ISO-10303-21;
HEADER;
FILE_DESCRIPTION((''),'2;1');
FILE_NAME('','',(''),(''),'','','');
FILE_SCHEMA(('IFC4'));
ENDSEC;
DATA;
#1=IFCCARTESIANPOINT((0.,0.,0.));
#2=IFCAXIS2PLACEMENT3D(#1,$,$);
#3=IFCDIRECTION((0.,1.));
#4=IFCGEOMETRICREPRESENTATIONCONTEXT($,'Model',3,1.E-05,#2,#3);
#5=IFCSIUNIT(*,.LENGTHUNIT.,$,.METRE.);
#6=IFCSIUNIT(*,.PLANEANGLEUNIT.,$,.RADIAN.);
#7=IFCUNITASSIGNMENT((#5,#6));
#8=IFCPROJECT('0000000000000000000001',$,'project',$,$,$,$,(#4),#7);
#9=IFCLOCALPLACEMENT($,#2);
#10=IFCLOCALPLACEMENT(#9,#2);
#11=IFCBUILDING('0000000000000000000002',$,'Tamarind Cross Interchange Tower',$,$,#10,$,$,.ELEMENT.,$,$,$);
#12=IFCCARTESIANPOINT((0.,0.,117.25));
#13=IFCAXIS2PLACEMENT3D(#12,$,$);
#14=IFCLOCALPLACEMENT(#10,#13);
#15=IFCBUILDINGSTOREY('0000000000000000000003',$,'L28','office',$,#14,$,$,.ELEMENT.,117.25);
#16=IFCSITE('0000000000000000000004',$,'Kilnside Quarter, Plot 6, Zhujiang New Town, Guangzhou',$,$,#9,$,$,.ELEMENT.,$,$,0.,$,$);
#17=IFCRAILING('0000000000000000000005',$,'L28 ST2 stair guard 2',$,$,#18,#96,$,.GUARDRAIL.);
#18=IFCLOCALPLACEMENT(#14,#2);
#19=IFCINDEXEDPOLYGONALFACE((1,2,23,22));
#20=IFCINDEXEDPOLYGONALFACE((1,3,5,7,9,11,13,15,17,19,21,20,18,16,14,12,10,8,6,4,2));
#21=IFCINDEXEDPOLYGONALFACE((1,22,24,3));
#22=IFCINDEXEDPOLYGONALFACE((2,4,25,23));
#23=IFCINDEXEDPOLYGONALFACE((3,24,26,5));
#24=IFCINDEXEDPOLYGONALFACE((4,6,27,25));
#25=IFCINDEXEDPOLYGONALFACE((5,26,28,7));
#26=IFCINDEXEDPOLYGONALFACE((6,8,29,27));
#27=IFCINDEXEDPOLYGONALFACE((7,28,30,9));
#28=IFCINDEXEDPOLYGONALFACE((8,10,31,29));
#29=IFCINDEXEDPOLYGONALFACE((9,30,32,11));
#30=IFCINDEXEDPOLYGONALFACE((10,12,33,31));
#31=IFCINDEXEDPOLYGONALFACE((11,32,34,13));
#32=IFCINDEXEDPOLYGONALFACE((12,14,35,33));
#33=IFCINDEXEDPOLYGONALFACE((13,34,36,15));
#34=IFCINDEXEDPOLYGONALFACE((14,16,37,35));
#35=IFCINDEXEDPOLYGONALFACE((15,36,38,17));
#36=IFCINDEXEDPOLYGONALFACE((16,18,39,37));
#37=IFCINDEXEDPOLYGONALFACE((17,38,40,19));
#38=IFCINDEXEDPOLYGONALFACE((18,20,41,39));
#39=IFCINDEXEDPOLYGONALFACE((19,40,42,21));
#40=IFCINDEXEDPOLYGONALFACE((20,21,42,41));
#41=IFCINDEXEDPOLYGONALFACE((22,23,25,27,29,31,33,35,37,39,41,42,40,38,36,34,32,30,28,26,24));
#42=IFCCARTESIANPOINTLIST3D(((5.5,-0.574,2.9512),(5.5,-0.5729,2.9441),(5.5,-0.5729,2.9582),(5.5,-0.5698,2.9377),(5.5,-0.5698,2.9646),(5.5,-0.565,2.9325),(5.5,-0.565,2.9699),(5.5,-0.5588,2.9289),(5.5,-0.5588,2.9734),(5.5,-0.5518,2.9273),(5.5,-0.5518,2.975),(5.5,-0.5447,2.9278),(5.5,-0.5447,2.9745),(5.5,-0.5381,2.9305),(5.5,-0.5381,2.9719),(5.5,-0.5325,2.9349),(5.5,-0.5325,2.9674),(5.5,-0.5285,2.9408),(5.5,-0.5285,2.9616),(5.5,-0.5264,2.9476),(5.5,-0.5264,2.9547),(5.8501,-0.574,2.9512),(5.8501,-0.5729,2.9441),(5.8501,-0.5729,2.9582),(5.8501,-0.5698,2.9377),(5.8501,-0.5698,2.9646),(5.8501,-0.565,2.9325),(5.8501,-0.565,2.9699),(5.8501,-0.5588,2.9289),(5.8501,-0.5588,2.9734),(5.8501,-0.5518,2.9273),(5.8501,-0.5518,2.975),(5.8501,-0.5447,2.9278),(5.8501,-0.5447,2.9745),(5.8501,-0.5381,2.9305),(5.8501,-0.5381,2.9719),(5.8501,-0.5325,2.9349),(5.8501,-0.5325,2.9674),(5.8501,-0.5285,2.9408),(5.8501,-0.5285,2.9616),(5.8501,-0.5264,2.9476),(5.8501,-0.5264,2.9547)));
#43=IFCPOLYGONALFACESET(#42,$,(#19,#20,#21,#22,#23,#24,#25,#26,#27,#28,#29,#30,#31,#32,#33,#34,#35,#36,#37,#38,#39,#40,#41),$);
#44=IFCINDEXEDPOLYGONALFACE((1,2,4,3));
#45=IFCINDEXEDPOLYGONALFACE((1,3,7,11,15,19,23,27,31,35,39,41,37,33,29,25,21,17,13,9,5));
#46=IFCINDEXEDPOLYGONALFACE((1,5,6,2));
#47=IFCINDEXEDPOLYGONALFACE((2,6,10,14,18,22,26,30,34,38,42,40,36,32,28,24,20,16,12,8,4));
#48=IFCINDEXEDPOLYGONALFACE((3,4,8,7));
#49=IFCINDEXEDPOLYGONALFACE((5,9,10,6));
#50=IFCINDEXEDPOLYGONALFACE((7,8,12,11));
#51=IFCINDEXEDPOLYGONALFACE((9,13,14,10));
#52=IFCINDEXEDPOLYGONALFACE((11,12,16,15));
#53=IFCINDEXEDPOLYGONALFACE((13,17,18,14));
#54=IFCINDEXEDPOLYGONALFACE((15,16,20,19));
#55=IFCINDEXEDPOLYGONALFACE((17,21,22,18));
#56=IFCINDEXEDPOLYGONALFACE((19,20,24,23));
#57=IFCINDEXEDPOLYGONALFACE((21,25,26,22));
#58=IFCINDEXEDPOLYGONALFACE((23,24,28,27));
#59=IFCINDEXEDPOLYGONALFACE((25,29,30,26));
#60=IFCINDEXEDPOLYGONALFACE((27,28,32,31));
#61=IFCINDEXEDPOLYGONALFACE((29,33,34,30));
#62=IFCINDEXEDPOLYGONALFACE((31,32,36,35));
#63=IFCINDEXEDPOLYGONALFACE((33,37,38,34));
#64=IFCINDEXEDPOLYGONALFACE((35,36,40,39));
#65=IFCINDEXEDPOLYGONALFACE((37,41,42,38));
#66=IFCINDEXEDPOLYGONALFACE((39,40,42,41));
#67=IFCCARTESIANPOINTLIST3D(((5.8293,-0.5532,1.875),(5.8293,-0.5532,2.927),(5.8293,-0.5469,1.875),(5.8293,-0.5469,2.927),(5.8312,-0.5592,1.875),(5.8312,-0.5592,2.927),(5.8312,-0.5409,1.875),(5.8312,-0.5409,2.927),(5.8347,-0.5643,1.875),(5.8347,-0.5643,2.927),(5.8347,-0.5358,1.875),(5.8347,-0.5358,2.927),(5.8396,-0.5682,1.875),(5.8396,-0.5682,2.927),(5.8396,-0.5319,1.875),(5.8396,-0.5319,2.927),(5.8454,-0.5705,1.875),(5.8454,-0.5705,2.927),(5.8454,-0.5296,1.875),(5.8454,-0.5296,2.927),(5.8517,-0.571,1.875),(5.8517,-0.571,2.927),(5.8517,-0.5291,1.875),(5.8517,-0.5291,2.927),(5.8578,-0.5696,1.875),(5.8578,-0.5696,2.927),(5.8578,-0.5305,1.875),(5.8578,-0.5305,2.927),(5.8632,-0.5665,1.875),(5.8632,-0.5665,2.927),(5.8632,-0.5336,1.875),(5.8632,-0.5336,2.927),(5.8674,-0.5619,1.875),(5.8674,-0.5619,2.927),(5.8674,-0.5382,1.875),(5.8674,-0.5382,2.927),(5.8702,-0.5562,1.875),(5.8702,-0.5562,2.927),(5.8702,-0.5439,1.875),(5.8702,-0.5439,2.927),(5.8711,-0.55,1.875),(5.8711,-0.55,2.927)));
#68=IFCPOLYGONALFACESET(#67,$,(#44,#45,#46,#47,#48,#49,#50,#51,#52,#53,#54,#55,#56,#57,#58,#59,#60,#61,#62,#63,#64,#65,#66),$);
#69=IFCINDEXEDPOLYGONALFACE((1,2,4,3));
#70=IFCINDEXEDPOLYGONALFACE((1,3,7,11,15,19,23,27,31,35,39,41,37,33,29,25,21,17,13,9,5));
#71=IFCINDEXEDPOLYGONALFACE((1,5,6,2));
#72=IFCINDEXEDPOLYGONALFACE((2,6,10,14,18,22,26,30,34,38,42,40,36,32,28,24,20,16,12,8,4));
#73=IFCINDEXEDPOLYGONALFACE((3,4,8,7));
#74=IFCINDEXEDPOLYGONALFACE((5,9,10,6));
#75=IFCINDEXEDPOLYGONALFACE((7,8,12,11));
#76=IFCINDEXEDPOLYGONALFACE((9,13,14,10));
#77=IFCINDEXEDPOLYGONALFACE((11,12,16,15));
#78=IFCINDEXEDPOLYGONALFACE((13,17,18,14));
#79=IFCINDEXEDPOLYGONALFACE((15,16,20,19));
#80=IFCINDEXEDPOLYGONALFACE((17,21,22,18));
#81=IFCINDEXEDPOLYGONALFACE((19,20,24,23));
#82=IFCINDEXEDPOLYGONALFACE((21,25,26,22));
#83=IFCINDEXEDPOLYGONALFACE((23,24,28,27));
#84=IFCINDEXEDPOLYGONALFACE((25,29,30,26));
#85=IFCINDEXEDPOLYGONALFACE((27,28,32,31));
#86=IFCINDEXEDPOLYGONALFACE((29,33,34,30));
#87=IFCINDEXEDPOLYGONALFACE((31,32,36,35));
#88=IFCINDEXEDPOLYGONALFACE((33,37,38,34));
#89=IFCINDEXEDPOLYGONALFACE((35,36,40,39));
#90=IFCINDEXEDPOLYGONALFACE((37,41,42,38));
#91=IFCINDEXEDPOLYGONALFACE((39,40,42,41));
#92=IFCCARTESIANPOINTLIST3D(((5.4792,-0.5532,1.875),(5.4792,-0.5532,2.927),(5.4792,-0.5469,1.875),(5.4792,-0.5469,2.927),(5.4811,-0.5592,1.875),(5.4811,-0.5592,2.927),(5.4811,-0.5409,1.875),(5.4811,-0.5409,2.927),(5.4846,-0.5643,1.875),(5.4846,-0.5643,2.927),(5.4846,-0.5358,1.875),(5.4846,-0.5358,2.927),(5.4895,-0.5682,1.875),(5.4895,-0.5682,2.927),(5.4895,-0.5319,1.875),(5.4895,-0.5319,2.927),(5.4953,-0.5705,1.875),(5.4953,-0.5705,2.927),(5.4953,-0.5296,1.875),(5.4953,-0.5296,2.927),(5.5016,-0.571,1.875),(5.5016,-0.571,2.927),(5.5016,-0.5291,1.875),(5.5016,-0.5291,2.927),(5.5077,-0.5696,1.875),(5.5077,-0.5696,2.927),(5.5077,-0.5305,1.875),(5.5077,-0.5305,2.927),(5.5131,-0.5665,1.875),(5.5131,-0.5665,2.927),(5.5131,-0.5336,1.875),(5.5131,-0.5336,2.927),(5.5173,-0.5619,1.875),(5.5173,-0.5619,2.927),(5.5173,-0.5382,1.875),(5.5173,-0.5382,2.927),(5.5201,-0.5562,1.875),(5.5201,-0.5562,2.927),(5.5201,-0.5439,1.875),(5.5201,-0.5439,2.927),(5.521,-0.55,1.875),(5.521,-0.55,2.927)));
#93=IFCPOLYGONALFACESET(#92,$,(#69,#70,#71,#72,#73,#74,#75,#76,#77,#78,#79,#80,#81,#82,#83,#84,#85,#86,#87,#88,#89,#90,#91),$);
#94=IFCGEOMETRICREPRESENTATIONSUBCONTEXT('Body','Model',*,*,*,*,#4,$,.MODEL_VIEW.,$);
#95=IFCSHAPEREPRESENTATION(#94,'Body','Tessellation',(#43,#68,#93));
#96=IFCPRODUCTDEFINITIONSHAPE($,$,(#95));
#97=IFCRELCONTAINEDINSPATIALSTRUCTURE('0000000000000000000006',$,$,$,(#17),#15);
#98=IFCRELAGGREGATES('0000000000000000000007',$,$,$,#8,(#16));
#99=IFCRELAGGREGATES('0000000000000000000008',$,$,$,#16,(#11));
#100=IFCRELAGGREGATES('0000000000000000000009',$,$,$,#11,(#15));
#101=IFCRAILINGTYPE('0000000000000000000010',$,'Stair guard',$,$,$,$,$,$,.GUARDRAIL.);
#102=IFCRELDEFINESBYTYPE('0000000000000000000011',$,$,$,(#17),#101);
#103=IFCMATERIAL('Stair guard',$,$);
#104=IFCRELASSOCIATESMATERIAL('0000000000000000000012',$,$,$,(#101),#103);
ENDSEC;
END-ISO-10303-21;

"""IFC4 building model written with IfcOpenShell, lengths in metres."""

from ifc_helpers import new_model, si_unit, direction, frame, origin, origin_2d, place, context, subcontext, project, spatial, circle, extrude, material, type_object, element, save


model = new_model("IFC4")

# Units and contexts
model_context = context("Model", 3, precision=1e-05, world=origin(), true_north=direction((0.0, 1.0)))
body_context = subcontext(model_context, "Body", "Model", "MODEL_VIEW")
ifc_project = project(units=[si_unit("LENGTHUNIT", "METRE"), si_unit("PLANEANGLEUNIT", "RADIAN")], contexts=[model_context])

# Site, building, storey
site_placement = place(None, origin())
site = spatial("IfcSite", under=ifc_project, at=site_placement, Name="Kilnside Quarter, Plot 6, Zhujiang New Town, Guangzhou", CompositionType="ELEMENT", RefElevation=0.0)
building_placement = place(site_placement, origin())
building = spatial("IfcBuilding", under=site, at=building_placement, Name="Tamarind Cross Interchange Tower", CompositionType="ELEMENT")
storey_placement = place(building_placement, frame((0.0, 0.0, 117.25)))
storey = spatial("IfcBuildingStorey", under=building, at=storey_placement, Name="L28", Description="office", CompositionType="ELEMENT", Elevation=117.25)

# Railing
ifc_material_1 = material(Name="Stair guard")
railing_type_1 = type_object("IfcRailingType", Name="Stair guard", PredefinedType="GUARDRAIL", material=ifc_material_1)
railing_1_placement = place(storey_placement, frame((5.8501, -0.55, 1.875)))
element("IfcRailing", 1, at=railing_1_placement, inside=storey, type_object=railing_type_1, Name="L28 ST2 stair guard 2", PredefinedType="GUARDRAIL", context=body_context, shape_type="SweptSolid", body=[
    extrude(circle(Radius=0.0239, at=origin_2d()), frame((0.0, 0.0, 1.0762), z_axis=(-1.0, 0.0, 0.0), x_axis=(0.0, -1.0, 0.0)), (0.0, 0.0, 1.0), 0.3501),
    extrude(circle(Radius=0.021, at=origin_2d()), origin(), (0.0, 0.0, 1.0), 1.052),
    extrude(circle(Radius=0.021, at=origin_2d()), frame((-0.3501, 0.0, 0.0)), (0.0, 0.0, 1.0), 1.052),
])

save(model, "model.ifc")
